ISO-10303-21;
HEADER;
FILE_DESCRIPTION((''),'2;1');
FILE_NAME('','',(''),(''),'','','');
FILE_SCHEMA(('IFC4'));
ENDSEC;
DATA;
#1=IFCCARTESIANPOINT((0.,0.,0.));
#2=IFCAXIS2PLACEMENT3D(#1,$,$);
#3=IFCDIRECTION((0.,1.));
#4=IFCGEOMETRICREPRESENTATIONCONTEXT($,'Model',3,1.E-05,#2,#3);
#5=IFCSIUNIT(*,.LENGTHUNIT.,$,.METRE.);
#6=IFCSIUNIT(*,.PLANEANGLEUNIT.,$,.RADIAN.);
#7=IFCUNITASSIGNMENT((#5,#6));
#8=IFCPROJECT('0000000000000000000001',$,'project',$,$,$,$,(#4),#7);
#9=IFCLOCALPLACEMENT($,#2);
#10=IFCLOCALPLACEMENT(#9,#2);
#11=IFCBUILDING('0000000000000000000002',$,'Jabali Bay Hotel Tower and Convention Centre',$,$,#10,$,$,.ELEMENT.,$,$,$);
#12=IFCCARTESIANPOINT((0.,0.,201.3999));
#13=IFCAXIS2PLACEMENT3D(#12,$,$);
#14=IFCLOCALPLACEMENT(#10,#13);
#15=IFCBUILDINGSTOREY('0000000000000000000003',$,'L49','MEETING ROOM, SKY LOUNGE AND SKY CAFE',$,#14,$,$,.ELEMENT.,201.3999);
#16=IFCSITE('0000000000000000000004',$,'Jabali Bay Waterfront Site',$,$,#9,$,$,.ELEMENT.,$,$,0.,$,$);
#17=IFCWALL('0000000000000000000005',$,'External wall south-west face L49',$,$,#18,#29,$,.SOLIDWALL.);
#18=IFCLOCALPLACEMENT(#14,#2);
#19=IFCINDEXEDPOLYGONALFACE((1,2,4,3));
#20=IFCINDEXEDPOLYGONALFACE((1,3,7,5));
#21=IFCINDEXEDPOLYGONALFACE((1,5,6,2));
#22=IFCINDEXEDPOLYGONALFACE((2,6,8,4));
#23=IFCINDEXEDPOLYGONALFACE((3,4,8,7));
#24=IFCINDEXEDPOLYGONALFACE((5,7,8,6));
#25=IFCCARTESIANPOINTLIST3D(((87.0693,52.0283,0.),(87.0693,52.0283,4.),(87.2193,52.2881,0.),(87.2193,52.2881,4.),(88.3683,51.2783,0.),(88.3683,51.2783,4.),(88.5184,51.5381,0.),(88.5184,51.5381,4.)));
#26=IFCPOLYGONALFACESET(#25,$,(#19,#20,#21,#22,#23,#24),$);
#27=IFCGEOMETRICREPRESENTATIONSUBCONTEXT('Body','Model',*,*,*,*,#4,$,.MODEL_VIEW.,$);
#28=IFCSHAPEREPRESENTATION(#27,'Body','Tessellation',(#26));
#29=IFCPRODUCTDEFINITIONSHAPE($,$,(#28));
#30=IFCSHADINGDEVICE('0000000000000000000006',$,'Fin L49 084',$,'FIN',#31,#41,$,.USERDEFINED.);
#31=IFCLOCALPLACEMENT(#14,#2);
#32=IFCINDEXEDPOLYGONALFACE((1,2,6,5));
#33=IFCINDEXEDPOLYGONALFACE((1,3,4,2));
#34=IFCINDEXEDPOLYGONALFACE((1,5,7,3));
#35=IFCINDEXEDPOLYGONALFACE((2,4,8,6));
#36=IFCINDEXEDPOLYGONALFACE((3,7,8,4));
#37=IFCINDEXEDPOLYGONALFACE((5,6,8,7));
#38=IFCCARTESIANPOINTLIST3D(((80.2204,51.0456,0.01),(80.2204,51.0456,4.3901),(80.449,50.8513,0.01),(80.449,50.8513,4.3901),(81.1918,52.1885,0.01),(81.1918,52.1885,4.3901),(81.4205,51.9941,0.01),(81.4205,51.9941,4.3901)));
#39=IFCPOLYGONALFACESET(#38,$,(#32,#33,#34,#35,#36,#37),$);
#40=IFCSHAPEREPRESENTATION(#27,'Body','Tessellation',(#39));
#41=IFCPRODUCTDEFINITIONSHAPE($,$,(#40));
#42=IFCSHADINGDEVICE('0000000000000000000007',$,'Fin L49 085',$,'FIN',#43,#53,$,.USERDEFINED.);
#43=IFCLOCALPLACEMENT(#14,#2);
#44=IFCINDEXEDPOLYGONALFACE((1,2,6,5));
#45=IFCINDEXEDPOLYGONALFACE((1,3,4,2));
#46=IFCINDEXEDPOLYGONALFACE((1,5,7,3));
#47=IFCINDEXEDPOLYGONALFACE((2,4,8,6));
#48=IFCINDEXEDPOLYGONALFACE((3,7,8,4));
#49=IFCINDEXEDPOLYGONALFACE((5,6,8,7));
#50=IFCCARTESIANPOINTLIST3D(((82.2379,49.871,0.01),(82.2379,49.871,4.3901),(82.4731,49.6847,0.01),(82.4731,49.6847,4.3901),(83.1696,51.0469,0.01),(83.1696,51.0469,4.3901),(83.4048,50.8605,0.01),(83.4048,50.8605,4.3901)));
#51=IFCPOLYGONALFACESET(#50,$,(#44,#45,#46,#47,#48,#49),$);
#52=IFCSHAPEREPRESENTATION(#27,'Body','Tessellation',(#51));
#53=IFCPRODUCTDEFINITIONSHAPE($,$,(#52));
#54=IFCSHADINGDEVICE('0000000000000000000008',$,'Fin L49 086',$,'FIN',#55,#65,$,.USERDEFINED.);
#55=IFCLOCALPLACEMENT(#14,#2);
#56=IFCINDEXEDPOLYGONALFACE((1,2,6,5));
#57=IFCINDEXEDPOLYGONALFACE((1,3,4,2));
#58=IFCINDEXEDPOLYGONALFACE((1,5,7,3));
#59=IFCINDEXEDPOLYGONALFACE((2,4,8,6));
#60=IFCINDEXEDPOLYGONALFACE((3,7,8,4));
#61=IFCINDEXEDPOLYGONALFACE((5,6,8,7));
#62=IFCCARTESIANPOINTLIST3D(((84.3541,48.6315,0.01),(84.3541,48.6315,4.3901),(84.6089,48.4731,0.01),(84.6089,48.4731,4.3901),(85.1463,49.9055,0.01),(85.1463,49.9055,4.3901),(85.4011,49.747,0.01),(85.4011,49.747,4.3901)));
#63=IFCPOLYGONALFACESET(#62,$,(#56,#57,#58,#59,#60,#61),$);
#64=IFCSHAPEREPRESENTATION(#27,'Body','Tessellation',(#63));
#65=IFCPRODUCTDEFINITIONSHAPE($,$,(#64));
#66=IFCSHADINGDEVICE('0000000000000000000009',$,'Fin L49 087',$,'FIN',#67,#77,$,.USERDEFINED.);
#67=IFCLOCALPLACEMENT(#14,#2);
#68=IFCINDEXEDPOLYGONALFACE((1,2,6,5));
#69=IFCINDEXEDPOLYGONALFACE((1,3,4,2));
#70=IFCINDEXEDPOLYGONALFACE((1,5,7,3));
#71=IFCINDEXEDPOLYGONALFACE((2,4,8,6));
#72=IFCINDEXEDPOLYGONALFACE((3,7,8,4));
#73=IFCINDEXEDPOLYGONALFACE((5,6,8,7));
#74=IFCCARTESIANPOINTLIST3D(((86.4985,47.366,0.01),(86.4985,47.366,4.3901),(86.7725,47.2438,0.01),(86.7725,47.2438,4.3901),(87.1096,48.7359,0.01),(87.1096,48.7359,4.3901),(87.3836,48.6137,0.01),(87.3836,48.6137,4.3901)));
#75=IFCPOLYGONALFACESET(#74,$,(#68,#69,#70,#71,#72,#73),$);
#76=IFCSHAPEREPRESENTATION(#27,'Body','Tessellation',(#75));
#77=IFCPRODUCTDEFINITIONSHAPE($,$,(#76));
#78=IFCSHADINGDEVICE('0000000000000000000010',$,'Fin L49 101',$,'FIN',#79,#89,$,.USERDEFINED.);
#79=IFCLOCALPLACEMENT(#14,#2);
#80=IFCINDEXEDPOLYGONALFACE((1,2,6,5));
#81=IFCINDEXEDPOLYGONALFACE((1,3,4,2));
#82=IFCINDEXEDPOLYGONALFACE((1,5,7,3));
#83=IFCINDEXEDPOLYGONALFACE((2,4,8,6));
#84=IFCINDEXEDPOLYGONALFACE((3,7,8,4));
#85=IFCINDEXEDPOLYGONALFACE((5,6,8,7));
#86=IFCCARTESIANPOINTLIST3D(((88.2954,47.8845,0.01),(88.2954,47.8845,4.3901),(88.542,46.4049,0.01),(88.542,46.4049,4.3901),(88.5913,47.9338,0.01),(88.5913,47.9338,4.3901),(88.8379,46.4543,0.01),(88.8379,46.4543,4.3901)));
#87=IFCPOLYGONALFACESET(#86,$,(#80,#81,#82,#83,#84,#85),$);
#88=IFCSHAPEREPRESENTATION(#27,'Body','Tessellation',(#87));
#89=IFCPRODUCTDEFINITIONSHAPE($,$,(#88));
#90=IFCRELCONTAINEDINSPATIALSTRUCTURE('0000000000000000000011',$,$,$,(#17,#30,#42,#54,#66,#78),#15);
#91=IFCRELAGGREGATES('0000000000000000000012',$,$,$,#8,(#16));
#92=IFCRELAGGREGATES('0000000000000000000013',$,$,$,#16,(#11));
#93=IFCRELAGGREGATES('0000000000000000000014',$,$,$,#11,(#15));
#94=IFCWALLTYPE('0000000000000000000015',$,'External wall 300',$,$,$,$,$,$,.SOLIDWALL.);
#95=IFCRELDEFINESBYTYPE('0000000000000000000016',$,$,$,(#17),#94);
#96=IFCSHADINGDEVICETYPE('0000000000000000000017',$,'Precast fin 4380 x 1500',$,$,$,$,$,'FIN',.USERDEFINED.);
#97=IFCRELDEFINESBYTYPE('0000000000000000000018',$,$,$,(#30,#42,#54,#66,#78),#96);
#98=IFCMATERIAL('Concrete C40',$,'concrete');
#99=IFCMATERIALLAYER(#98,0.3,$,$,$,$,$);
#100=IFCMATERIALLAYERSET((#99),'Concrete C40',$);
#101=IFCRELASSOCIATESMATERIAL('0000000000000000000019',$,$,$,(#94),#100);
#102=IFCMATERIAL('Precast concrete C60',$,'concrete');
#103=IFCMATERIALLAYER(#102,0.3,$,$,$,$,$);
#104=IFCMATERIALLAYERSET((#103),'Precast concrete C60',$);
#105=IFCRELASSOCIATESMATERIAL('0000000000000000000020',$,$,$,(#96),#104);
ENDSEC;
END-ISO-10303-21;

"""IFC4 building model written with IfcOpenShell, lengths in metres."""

from ifc_helpers import new_model, si_unit, direction, frame, frame_2d, origin, place, context, subcontext, project, spatial, rectangle, extrude, material, layer, layer_set, type_object, element, save


model = new_model("IFC4")

# Units and contexts
model_context = context("Model", 3, precision=1e-05, world=origin(), true_north=direction((0.0, 1.0)))
body_context = subcontext(model_context, "Body", "Model", "MODEL_VIEW")
ifc_project = project(units=[si_unit("LENGTHUNIT", "METRE"), si_unit("PLANEANGLEUNIT", "RADIAN")], contexts=[model_context])

# Site, building, storey
site_placement = place(None, origin())
site = spatial("IfcSite", under=ifc_project, at=site_placement, Name="Jabali Bay Waterfront Site", CompositionType="ELEMENT", RefElevation=0.0)
building_placement = place(site_placement, origin())
building = spatial("IfcBuilding", under=site, at=building_placement, Name="Jabali Bay Hotel Tower and Convention Centre", CompositionType="ELEMENT")
storey_placement = place(building_placement, frame((0.0, 0.0, 201.3999)))
storey = spatial("IfcBuildingStorey", under=building, at=storey_placement, Name="L49", Description="MEETING ROOM, SKY LOUNGE AND SKY CAFE", CompositionType="ELEMENT", Elevation=201.3999)

# Wall
ifc_material_1 = material(Name="Concrete C40", Category="concrete")
ifc_layer_1 = layer(ifc_material_1, 0.3)
ifc_layer_set_1 = layer_set([ifc_layer_1], Name="Concrete C40")
wall_type_1 = type_object("IfcWallType", Name="External wall 300", PredefinedType="SOLIDWALL", material=ifc_layer_set_1)
wall_1_placement = place(storey_placement, frame((88.4434, 51.4082, 0.0), z_axis=(0.0, 0.0, 1.0), x_axis=(-0.866031, 0.49999, 0.0)))
element("IfcWall", 1, at=wall_1_placement, inside=storey, type_object=wall_type_1, Name="External wall south-west face L49", PredefinedType="SOLIDWALL", context=body_context, shape_type="SweptSolid", body=[
    extrude(rectangle(XDim=1.5, YDim=0.3, at=frame_2d((0.75, 0.0))), origin(), (0.0, 0.0, 1.0), 4.0),
])

# Shading devices
ifc_material_2 = material(Name="Precast concrete C60", Category="concrete")
ifc_layer_2 = layer(ifc_material_2, 0.3)
ifc_layer_set_2 = layer_set([ifc_layer_2], Name="Precast concrete C60")
shading_device_type = type_object("IfcShadingDeviceType", Name="Precast fin 4380 x 1500", ElementType="FIN", PredefinedType="USERDEFINED", material=ifc_layer_set_2)
shading_device_placement = place(storey_placement, frame((81.3062, 52.0913, 0.01), z_axis=(0.0, 0.0, 1.0), x_axis=(-0.647663, -0.761927, 0.0)))
element("IfcShadingDevice", 2, at=shading_device_placement, inside=storey, type_object=shading_device_type, Name="Fin L49 084", ObjectType="FIN", PredefinedType="USERDEFINED", context=body_context, shape_type="SweptSolid", body=[
    extrude(rectangle(XDim=1.5, YDim=0.3, at=frame_2d((0.75, 0.0))), origin(), (0.0, 0.0, 1.0), 4.3801),
])
for number, where, z_axis, x_axis, name in (
    (3, (83.2871, 50.9536, 0.01), (0.0, 0.0, 1.0), (-0.621036, -0.783782, 0.0), "Fin L49 085"),
    (4, (85.2737, 49.8262, 0.01), (0.0, 0.0, 1.0), (-0.528096, -0.849185, 0.0), "Fin L49 086"),
):
    element("IfcShadingDevice", number, at=place(storey_placement, frame(where, z_axis=z_axis, x_axis=x_axis)), inside=storey, type_object=shading_device_type, Name=name, ObjectType="FIN", PredefinedType="USERDEFINED", context=body_context, shape_type="SweptSolid", body=[
        extrude(rectangle(XDim=1.5002, YDim=0.3, at=frame_2d((0.75, 0.0))), origin(), (0.0, 0.0, 1.0), 4.3801),
    ])
for number, where, z_axis, x_axis, name in (
    (5, (87.2466, 48.6748, 0.01), (0.0, 0.0, 1.0), (-0.407392, -0.913254, 0.0), "Fin L49 087"),
    (6, (88.4434, 47.9092, 0.01), (0.0, 0.0, 1.0), (0.164399, -0.986394, 0.0), "Fin L49 101"),
):
    element("IfcShadingDevice", number, at=place(storey_placement, frame(where, z_axis=z_axis, x_axis=x_axis)), inside=storey, type_object=shading_device_type, Name=name, ObjectType="FIN", PredefinedType="USERDEFINED", context=body_context, shape_type="SweptSolid", body=[
        extrude(rectangle(XDim=1.5, YDim=0.3, at=frame_2d((0.75, 0.0))), origin(), (0.0, 0.0, 1.0), 4.3801),
    ])

save(model, "model.ifc")
